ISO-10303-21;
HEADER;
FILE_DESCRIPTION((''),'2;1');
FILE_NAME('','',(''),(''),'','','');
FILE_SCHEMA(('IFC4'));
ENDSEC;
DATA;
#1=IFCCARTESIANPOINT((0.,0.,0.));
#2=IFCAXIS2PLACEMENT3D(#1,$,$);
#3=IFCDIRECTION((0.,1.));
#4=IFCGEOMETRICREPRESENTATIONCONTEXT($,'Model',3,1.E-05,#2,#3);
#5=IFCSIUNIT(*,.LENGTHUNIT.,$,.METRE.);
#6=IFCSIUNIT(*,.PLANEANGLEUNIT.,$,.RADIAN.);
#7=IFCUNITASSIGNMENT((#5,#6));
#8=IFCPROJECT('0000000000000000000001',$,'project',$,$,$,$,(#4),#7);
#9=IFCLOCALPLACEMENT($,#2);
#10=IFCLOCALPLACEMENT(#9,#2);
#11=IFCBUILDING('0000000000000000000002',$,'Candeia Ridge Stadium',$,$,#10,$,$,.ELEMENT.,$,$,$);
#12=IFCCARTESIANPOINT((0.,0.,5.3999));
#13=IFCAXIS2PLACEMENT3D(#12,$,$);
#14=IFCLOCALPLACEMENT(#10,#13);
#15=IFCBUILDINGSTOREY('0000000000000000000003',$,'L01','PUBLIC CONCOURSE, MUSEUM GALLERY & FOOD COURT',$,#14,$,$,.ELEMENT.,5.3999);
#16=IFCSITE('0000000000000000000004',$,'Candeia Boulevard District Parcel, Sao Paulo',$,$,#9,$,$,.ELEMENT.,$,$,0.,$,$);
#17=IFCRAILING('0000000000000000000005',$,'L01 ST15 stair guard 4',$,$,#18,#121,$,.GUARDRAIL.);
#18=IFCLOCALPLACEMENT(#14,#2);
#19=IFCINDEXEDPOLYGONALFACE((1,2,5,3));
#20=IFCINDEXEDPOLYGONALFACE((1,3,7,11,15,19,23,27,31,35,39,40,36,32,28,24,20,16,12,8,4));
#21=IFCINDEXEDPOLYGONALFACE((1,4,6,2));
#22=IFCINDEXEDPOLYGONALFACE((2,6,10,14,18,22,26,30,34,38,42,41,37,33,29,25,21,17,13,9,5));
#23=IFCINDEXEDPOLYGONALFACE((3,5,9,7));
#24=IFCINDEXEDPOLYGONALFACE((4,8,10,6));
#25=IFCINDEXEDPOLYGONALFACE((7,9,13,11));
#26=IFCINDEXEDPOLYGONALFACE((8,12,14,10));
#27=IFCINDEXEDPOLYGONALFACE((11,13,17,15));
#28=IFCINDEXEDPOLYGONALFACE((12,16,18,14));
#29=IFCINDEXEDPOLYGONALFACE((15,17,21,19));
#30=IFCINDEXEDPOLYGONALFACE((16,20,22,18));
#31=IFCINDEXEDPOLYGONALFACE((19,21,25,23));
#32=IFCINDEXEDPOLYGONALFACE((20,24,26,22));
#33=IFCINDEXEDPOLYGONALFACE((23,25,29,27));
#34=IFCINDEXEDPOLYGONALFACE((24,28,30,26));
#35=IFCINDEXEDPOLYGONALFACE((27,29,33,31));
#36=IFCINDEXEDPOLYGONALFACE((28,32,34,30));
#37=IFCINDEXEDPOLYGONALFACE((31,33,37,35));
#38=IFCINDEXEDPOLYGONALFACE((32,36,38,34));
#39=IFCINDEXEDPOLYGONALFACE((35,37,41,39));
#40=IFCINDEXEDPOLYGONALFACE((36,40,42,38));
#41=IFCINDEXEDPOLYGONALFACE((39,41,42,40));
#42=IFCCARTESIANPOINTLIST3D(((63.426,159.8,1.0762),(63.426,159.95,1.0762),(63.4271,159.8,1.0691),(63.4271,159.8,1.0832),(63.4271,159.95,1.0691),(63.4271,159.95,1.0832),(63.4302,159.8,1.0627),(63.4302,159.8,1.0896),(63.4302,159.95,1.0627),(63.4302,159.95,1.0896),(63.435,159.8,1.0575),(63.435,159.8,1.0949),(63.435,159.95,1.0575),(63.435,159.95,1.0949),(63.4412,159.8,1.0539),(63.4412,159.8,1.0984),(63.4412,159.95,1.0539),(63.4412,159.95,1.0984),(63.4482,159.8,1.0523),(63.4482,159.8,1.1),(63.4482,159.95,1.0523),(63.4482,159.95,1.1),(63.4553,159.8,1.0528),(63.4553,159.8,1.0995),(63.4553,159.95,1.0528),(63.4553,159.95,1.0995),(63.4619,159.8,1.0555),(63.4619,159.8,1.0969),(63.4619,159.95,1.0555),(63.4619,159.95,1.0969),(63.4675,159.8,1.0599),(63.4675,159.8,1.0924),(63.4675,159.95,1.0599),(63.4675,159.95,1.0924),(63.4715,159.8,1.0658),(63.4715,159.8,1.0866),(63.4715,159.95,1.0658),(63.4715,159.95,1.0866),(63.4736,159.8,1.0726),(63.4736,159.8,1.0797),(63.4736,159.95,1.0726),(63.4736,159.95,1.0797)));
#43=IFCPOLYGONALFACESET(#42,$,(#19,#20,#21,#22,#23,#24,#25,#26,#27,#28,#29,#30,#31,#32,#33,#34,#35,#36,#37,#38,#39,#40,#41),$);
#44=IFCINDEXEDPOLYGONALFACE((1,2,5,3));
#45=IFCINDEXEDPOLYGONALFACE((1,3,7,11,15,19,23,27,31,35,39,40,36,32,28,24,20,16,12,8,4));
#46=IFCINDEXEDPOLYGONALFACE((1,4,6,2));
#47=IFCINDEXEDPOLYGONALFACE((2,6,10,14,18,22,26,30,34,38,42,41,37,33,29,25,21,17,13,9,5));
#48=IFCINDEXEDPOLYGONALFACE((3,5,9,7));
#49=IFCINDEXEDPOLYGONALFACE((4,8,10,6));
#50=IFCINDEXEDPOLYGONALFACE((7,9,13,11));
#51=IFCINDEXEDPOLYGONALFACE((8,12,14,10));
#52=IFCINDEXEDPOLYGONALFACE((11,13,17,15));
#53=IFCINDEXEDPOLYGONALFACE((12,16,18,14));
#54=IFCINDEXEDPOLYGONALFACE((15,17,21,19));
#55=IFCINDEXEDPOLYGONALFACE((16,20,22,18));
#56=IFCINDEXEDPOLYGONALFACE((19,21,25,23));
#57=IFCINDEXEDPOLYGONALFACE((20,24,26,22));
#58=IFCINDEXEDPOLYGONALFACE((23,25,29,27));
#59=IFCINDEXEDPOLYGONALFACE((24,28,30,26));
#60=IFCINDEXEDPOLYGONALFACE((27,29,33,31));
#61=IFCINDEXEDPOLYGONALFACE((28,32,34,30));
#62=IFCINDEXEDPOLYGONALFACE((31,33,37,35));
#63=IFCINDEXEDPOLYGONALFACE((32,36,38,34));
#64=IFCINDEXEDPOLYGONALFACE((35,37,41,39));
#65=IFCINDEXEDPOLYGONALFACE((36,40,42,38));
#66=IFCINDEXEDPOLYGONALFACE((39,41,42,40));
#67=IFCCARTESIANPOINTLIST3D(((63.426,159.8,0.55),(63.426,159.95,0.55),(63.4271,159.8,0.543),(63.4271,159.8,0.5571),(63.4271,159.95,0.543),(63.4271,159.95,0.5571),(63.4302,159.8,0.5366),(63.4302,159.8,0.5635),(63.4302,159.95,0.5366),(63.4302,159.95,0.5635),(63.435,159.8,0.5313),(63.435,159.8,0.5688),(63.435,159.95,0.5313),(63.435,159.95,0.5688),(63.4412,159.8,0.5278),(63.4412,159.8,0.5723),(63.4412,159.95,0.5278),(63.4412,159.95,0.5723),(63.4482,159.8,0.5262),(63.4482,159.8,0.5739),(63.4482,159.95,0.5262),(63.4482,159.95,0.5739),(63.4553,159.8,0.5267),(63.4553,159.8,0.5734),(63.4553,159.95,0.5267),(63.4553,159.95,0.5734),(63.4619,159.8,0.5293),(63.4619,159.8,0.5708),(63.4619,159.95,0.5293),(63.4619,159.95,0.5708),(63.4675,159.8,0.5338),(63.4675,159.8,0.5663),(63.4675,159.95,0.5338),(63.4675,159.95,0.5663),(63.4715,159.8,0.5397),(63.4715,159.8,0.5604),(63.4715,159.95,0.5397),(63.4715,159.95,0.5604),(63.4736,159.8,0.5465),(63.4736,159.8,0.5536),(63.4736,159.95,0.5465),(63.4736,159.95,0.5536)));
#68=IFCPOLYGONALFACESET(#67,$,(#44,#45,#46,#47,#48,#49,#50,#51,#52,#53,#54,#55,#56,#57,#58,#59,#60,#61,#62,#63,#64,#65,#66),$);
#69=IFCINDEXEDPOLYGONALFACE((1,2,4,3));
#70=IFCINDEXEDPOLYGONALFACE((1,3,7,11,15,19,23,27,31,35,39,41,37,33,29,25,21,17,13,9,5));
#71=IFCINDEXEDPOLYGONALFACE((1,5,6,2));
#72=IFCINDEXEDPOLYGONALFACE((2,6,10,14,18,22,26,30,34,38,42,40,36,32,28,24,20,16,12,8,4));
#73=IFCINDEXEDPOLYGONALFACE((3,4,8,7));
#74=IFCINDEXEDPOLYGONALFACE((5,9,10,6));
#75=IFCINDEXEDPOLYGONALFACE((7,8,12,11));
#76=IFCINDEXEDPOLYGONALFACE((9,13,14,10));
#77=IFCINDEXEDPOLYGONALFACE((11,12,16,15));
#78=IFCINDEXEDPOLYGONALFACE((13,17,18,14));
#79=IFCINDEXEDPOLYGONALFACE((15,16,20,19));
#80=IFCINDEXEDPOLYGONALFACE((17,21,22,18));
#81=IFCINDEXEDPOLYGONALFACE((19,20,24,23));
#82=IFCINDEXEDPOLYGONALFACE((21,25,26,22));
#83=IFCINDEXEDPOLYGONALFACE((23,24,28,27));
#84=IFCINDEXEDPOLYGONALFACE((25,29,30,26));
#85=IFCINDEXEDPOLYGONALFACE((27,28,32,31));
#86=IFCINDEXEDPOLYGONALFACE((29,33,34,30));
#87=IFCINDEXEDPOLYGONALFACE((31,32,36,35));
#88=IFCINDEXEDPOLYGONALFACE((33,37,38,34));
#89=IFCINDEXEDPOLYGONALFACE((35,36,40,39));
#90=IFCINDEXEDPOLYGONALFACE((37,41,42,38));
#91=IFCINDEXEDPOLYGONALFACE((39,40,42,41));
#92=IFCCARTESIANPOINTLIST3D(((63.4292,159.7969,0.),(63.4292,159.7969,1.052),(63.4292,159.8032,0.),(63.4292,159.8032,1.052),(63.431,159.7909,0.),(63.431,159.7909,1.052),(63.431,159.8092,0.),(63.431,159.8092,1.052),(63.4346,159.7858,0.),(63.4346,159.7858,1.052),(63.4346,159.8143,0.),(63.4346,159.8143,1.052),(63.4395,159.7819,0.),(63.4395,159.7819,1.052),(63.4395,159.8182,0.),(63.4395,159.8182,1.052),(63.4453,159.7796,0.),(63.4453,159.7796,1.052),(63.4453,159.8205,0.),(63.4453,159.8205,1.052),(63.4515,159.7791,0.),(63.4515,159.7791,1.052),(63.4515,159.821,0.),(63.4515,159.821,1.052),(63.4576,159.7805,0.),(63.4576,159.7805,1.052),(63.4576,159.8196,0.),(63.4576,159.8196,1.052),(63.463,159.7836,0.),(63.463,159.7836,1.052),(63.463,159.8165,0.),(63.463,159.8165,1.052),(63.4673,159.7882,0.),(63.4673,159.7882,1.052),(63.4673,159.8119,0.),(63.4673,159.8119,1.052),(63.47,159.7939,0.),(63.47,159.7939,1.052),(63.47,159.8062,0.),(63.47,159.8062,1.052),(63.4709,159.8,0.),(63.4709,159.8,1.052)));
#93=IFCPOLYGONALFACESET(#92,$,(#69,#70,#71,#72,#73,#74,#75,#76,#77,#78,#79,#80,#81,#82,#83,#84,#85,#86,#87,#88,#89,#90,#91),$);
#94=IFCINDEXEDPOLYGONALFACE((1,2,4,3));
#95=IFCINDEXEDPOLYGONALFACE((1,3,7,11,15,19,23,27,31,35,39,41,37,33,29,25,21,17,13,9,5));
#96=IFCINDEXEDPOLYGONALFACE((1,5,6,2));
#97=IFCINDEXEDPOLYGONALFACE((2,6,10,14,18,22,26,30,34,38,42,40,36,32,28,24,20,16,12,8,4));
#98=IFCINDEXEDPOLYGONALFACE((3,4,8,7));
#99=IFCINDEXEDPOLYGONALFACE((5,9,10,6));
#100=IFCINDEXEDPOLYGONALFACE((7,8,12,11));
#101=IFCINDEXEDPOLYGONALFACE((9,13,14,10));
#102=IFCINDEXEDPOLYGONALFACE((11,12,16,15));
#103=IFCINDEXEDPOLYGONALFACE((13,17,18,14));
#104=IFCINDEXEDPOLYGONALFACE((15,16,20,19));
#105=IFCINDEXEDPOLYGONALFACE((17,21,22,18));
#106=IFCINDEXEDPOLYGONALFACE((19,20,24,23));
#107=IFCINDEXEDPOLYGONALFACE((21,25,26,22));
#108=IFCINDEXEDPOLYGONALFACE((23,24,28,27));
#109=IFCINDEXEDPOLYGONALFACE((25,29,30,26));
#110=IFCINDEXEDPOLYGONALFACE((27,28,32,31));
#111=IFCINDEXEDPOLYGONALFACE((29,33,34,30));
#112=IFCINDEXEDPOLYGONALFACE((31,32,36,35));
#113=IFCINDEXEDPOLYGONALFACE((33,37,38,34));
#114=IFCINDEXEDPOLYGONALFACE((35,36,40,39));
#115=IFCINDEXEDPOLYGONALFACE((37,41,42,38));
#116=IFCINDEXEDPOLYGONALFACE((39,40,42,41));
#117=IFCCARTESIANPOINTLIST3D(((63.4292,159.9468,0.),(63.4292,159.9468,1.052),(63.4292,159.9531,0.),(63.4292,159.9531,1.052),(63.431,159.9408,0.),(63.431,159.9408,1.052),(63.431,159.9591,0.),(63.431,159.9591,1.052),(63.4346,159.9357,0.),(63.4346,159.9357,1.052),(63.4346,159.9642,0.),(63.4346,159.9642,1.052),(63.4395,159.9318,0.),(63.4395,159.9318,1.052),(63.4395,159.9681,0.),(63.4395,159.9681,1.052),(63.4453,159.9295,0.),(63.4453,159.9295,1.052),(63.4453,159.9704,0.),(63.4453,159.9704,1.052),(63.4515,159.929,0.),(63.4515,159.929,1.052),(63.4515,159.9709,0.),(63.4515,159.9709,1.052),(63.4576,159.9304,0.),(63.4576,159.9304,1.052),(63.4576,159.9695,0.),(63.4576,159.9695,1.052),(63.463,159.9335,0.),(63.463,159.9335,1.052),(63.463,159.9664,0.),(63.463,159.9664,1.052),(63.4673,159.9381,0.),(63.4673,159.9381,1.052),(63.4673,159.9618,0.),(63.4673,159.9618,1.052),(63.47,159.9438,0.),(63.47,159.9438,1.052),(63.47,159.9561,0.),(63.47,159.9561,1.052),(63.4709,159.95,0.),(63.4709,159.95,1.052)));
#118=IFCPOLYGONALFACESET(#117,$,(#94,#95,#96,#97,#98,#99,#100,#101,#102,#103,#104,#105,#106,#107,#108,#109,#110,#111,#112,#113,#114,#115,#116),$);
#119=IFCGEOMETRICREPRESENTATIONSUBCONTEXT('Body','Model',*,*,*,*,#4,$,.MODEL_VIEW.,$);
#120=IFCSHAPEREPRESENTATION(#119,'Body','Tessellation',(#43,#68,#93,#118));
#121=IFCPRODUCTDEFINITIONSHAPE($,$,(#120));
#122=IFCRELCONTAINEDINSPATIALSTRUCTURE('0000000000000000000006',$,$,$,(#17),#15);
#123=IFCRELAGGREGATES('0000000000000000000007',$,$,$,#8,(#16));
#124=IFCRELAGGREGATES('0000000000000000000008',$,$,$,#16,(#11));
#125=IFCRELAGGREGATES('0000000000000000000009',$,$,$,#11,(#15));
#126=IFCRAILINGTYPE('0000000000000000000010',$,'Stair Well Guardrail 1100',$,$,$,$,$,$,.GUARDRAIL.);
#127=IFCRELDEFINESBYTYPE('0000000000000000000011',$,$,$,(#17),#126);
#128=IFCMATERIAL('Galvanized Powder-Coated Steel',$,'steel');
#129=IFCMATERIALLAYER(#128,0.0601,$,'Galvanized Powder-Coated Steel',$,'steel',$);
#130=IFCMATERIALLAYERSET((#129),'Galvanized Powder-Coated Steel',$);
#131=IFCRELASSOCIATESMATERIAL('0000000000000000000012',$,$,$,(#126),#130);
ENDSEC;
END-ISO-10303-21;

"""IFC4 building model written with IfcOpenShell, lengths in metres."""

from ifc_helpers import new_model, si_unit, direction, frame, origin, origin_2d, place, context, subcontext, project, spatial, circle, extrude, material, layer, layer_set, type_object, element, save


model = new_model("IFC4")

# Units and contexts
model_context = context("Model", 3, precision=1e-05, world=origin(), true_north=direction((0.0, 1.0)))
body_context = subcontext(model_context, "Body", "Model", "MODEL_VIEW")
ifc_project = project(units=[si_unit("LENGTHUNIT", "METRE"), si_unit("PLANEANGLEUNIT", "RADIAN")], contexts=[model_context])

# Site, building, storey
site_placement = place(None, origin())
site = spatial("IfcSite", under=ifc_project, at=site_placement, Name="Candeia Boulevard District Parcel, Sao Paulo", CompositionType="ELEMENT", RefElevation=0.0)
building_placement = place(site_placement, origin())
building = spatial("IfcBuilding", under=site, at=building_placement, Name="Candeia Ridge Stadium", CompositionType="ELEMENT")
storey_placement = place(building_placement, frame((0.0, 0.0, 5.3999)))
storey = spatial("IfcBuildingStorey", under=building, at=storey_placement, Name="L01", Description="PUBLIC CONCOURSE, MUSEUM GALLERY & FOOD COURT", CompositionType="ELEMENT", Elevation=5.3999)

# Railing
ifc_material_1 = material(Name="Galvanized Powder-Coated Steel", Category="steel")
ifc_layer_1 = layer(ifc_material_1, 0.0601, Name="Galvanized Powder-Coated Steel", Category="steel")
ifc_layer_set_1 = layer_set([ifc_layer_1], Name="Galvanized Powder-Coated Steel")
railing_type_1 = type_object("IfcRailingType", Name="Stair Well Guardrail 1100", PredefinedType="GUARDRAIL", material=ifc_layer_set_1)
railing_1_placement = place(storey_placement, frame((63.45, 159.8, 0.0)))
element("IfcRailing", 1, at=railing_1_placement, inside=storey, type_object=railing_type_1, Name="L01 ST15 stair guard 4", PredefinedType="GUARDRAIL", context=body_context, shape_type="SweptSolid", body=[
    extrude(circle(Radius=0.0239, at=origin_2d()), frame((0.0, 0.0, 1.0762), z_axis=(0.0, 1.0, 0.0), x_axis=(-1.0, 0.0, 0.0)), (0.0, 0.0, 1.0), 0.1499),
    extrude(circle(Radius=0.0239, at=origin_2d()), frame((0.0, 0.0, 0.55), z_axis=(0.0, 1.0, 0.0), x_axis=(-1.0, 0.0, 0.0)), (0.0, 0.0, 1.0), 0.1499),
    extrude(circle(Radius=0.021, at=origin_2d()), origin(), (0.0, 0.0, 1.0), 1.052),
    extrude(circle(Radius=0.021, at=origin_2d()), frame((0.0, 0.1499, 0.0)), (0.0, 0.0, 1.0), 1.052),
])

save(model, "model.ifc")
